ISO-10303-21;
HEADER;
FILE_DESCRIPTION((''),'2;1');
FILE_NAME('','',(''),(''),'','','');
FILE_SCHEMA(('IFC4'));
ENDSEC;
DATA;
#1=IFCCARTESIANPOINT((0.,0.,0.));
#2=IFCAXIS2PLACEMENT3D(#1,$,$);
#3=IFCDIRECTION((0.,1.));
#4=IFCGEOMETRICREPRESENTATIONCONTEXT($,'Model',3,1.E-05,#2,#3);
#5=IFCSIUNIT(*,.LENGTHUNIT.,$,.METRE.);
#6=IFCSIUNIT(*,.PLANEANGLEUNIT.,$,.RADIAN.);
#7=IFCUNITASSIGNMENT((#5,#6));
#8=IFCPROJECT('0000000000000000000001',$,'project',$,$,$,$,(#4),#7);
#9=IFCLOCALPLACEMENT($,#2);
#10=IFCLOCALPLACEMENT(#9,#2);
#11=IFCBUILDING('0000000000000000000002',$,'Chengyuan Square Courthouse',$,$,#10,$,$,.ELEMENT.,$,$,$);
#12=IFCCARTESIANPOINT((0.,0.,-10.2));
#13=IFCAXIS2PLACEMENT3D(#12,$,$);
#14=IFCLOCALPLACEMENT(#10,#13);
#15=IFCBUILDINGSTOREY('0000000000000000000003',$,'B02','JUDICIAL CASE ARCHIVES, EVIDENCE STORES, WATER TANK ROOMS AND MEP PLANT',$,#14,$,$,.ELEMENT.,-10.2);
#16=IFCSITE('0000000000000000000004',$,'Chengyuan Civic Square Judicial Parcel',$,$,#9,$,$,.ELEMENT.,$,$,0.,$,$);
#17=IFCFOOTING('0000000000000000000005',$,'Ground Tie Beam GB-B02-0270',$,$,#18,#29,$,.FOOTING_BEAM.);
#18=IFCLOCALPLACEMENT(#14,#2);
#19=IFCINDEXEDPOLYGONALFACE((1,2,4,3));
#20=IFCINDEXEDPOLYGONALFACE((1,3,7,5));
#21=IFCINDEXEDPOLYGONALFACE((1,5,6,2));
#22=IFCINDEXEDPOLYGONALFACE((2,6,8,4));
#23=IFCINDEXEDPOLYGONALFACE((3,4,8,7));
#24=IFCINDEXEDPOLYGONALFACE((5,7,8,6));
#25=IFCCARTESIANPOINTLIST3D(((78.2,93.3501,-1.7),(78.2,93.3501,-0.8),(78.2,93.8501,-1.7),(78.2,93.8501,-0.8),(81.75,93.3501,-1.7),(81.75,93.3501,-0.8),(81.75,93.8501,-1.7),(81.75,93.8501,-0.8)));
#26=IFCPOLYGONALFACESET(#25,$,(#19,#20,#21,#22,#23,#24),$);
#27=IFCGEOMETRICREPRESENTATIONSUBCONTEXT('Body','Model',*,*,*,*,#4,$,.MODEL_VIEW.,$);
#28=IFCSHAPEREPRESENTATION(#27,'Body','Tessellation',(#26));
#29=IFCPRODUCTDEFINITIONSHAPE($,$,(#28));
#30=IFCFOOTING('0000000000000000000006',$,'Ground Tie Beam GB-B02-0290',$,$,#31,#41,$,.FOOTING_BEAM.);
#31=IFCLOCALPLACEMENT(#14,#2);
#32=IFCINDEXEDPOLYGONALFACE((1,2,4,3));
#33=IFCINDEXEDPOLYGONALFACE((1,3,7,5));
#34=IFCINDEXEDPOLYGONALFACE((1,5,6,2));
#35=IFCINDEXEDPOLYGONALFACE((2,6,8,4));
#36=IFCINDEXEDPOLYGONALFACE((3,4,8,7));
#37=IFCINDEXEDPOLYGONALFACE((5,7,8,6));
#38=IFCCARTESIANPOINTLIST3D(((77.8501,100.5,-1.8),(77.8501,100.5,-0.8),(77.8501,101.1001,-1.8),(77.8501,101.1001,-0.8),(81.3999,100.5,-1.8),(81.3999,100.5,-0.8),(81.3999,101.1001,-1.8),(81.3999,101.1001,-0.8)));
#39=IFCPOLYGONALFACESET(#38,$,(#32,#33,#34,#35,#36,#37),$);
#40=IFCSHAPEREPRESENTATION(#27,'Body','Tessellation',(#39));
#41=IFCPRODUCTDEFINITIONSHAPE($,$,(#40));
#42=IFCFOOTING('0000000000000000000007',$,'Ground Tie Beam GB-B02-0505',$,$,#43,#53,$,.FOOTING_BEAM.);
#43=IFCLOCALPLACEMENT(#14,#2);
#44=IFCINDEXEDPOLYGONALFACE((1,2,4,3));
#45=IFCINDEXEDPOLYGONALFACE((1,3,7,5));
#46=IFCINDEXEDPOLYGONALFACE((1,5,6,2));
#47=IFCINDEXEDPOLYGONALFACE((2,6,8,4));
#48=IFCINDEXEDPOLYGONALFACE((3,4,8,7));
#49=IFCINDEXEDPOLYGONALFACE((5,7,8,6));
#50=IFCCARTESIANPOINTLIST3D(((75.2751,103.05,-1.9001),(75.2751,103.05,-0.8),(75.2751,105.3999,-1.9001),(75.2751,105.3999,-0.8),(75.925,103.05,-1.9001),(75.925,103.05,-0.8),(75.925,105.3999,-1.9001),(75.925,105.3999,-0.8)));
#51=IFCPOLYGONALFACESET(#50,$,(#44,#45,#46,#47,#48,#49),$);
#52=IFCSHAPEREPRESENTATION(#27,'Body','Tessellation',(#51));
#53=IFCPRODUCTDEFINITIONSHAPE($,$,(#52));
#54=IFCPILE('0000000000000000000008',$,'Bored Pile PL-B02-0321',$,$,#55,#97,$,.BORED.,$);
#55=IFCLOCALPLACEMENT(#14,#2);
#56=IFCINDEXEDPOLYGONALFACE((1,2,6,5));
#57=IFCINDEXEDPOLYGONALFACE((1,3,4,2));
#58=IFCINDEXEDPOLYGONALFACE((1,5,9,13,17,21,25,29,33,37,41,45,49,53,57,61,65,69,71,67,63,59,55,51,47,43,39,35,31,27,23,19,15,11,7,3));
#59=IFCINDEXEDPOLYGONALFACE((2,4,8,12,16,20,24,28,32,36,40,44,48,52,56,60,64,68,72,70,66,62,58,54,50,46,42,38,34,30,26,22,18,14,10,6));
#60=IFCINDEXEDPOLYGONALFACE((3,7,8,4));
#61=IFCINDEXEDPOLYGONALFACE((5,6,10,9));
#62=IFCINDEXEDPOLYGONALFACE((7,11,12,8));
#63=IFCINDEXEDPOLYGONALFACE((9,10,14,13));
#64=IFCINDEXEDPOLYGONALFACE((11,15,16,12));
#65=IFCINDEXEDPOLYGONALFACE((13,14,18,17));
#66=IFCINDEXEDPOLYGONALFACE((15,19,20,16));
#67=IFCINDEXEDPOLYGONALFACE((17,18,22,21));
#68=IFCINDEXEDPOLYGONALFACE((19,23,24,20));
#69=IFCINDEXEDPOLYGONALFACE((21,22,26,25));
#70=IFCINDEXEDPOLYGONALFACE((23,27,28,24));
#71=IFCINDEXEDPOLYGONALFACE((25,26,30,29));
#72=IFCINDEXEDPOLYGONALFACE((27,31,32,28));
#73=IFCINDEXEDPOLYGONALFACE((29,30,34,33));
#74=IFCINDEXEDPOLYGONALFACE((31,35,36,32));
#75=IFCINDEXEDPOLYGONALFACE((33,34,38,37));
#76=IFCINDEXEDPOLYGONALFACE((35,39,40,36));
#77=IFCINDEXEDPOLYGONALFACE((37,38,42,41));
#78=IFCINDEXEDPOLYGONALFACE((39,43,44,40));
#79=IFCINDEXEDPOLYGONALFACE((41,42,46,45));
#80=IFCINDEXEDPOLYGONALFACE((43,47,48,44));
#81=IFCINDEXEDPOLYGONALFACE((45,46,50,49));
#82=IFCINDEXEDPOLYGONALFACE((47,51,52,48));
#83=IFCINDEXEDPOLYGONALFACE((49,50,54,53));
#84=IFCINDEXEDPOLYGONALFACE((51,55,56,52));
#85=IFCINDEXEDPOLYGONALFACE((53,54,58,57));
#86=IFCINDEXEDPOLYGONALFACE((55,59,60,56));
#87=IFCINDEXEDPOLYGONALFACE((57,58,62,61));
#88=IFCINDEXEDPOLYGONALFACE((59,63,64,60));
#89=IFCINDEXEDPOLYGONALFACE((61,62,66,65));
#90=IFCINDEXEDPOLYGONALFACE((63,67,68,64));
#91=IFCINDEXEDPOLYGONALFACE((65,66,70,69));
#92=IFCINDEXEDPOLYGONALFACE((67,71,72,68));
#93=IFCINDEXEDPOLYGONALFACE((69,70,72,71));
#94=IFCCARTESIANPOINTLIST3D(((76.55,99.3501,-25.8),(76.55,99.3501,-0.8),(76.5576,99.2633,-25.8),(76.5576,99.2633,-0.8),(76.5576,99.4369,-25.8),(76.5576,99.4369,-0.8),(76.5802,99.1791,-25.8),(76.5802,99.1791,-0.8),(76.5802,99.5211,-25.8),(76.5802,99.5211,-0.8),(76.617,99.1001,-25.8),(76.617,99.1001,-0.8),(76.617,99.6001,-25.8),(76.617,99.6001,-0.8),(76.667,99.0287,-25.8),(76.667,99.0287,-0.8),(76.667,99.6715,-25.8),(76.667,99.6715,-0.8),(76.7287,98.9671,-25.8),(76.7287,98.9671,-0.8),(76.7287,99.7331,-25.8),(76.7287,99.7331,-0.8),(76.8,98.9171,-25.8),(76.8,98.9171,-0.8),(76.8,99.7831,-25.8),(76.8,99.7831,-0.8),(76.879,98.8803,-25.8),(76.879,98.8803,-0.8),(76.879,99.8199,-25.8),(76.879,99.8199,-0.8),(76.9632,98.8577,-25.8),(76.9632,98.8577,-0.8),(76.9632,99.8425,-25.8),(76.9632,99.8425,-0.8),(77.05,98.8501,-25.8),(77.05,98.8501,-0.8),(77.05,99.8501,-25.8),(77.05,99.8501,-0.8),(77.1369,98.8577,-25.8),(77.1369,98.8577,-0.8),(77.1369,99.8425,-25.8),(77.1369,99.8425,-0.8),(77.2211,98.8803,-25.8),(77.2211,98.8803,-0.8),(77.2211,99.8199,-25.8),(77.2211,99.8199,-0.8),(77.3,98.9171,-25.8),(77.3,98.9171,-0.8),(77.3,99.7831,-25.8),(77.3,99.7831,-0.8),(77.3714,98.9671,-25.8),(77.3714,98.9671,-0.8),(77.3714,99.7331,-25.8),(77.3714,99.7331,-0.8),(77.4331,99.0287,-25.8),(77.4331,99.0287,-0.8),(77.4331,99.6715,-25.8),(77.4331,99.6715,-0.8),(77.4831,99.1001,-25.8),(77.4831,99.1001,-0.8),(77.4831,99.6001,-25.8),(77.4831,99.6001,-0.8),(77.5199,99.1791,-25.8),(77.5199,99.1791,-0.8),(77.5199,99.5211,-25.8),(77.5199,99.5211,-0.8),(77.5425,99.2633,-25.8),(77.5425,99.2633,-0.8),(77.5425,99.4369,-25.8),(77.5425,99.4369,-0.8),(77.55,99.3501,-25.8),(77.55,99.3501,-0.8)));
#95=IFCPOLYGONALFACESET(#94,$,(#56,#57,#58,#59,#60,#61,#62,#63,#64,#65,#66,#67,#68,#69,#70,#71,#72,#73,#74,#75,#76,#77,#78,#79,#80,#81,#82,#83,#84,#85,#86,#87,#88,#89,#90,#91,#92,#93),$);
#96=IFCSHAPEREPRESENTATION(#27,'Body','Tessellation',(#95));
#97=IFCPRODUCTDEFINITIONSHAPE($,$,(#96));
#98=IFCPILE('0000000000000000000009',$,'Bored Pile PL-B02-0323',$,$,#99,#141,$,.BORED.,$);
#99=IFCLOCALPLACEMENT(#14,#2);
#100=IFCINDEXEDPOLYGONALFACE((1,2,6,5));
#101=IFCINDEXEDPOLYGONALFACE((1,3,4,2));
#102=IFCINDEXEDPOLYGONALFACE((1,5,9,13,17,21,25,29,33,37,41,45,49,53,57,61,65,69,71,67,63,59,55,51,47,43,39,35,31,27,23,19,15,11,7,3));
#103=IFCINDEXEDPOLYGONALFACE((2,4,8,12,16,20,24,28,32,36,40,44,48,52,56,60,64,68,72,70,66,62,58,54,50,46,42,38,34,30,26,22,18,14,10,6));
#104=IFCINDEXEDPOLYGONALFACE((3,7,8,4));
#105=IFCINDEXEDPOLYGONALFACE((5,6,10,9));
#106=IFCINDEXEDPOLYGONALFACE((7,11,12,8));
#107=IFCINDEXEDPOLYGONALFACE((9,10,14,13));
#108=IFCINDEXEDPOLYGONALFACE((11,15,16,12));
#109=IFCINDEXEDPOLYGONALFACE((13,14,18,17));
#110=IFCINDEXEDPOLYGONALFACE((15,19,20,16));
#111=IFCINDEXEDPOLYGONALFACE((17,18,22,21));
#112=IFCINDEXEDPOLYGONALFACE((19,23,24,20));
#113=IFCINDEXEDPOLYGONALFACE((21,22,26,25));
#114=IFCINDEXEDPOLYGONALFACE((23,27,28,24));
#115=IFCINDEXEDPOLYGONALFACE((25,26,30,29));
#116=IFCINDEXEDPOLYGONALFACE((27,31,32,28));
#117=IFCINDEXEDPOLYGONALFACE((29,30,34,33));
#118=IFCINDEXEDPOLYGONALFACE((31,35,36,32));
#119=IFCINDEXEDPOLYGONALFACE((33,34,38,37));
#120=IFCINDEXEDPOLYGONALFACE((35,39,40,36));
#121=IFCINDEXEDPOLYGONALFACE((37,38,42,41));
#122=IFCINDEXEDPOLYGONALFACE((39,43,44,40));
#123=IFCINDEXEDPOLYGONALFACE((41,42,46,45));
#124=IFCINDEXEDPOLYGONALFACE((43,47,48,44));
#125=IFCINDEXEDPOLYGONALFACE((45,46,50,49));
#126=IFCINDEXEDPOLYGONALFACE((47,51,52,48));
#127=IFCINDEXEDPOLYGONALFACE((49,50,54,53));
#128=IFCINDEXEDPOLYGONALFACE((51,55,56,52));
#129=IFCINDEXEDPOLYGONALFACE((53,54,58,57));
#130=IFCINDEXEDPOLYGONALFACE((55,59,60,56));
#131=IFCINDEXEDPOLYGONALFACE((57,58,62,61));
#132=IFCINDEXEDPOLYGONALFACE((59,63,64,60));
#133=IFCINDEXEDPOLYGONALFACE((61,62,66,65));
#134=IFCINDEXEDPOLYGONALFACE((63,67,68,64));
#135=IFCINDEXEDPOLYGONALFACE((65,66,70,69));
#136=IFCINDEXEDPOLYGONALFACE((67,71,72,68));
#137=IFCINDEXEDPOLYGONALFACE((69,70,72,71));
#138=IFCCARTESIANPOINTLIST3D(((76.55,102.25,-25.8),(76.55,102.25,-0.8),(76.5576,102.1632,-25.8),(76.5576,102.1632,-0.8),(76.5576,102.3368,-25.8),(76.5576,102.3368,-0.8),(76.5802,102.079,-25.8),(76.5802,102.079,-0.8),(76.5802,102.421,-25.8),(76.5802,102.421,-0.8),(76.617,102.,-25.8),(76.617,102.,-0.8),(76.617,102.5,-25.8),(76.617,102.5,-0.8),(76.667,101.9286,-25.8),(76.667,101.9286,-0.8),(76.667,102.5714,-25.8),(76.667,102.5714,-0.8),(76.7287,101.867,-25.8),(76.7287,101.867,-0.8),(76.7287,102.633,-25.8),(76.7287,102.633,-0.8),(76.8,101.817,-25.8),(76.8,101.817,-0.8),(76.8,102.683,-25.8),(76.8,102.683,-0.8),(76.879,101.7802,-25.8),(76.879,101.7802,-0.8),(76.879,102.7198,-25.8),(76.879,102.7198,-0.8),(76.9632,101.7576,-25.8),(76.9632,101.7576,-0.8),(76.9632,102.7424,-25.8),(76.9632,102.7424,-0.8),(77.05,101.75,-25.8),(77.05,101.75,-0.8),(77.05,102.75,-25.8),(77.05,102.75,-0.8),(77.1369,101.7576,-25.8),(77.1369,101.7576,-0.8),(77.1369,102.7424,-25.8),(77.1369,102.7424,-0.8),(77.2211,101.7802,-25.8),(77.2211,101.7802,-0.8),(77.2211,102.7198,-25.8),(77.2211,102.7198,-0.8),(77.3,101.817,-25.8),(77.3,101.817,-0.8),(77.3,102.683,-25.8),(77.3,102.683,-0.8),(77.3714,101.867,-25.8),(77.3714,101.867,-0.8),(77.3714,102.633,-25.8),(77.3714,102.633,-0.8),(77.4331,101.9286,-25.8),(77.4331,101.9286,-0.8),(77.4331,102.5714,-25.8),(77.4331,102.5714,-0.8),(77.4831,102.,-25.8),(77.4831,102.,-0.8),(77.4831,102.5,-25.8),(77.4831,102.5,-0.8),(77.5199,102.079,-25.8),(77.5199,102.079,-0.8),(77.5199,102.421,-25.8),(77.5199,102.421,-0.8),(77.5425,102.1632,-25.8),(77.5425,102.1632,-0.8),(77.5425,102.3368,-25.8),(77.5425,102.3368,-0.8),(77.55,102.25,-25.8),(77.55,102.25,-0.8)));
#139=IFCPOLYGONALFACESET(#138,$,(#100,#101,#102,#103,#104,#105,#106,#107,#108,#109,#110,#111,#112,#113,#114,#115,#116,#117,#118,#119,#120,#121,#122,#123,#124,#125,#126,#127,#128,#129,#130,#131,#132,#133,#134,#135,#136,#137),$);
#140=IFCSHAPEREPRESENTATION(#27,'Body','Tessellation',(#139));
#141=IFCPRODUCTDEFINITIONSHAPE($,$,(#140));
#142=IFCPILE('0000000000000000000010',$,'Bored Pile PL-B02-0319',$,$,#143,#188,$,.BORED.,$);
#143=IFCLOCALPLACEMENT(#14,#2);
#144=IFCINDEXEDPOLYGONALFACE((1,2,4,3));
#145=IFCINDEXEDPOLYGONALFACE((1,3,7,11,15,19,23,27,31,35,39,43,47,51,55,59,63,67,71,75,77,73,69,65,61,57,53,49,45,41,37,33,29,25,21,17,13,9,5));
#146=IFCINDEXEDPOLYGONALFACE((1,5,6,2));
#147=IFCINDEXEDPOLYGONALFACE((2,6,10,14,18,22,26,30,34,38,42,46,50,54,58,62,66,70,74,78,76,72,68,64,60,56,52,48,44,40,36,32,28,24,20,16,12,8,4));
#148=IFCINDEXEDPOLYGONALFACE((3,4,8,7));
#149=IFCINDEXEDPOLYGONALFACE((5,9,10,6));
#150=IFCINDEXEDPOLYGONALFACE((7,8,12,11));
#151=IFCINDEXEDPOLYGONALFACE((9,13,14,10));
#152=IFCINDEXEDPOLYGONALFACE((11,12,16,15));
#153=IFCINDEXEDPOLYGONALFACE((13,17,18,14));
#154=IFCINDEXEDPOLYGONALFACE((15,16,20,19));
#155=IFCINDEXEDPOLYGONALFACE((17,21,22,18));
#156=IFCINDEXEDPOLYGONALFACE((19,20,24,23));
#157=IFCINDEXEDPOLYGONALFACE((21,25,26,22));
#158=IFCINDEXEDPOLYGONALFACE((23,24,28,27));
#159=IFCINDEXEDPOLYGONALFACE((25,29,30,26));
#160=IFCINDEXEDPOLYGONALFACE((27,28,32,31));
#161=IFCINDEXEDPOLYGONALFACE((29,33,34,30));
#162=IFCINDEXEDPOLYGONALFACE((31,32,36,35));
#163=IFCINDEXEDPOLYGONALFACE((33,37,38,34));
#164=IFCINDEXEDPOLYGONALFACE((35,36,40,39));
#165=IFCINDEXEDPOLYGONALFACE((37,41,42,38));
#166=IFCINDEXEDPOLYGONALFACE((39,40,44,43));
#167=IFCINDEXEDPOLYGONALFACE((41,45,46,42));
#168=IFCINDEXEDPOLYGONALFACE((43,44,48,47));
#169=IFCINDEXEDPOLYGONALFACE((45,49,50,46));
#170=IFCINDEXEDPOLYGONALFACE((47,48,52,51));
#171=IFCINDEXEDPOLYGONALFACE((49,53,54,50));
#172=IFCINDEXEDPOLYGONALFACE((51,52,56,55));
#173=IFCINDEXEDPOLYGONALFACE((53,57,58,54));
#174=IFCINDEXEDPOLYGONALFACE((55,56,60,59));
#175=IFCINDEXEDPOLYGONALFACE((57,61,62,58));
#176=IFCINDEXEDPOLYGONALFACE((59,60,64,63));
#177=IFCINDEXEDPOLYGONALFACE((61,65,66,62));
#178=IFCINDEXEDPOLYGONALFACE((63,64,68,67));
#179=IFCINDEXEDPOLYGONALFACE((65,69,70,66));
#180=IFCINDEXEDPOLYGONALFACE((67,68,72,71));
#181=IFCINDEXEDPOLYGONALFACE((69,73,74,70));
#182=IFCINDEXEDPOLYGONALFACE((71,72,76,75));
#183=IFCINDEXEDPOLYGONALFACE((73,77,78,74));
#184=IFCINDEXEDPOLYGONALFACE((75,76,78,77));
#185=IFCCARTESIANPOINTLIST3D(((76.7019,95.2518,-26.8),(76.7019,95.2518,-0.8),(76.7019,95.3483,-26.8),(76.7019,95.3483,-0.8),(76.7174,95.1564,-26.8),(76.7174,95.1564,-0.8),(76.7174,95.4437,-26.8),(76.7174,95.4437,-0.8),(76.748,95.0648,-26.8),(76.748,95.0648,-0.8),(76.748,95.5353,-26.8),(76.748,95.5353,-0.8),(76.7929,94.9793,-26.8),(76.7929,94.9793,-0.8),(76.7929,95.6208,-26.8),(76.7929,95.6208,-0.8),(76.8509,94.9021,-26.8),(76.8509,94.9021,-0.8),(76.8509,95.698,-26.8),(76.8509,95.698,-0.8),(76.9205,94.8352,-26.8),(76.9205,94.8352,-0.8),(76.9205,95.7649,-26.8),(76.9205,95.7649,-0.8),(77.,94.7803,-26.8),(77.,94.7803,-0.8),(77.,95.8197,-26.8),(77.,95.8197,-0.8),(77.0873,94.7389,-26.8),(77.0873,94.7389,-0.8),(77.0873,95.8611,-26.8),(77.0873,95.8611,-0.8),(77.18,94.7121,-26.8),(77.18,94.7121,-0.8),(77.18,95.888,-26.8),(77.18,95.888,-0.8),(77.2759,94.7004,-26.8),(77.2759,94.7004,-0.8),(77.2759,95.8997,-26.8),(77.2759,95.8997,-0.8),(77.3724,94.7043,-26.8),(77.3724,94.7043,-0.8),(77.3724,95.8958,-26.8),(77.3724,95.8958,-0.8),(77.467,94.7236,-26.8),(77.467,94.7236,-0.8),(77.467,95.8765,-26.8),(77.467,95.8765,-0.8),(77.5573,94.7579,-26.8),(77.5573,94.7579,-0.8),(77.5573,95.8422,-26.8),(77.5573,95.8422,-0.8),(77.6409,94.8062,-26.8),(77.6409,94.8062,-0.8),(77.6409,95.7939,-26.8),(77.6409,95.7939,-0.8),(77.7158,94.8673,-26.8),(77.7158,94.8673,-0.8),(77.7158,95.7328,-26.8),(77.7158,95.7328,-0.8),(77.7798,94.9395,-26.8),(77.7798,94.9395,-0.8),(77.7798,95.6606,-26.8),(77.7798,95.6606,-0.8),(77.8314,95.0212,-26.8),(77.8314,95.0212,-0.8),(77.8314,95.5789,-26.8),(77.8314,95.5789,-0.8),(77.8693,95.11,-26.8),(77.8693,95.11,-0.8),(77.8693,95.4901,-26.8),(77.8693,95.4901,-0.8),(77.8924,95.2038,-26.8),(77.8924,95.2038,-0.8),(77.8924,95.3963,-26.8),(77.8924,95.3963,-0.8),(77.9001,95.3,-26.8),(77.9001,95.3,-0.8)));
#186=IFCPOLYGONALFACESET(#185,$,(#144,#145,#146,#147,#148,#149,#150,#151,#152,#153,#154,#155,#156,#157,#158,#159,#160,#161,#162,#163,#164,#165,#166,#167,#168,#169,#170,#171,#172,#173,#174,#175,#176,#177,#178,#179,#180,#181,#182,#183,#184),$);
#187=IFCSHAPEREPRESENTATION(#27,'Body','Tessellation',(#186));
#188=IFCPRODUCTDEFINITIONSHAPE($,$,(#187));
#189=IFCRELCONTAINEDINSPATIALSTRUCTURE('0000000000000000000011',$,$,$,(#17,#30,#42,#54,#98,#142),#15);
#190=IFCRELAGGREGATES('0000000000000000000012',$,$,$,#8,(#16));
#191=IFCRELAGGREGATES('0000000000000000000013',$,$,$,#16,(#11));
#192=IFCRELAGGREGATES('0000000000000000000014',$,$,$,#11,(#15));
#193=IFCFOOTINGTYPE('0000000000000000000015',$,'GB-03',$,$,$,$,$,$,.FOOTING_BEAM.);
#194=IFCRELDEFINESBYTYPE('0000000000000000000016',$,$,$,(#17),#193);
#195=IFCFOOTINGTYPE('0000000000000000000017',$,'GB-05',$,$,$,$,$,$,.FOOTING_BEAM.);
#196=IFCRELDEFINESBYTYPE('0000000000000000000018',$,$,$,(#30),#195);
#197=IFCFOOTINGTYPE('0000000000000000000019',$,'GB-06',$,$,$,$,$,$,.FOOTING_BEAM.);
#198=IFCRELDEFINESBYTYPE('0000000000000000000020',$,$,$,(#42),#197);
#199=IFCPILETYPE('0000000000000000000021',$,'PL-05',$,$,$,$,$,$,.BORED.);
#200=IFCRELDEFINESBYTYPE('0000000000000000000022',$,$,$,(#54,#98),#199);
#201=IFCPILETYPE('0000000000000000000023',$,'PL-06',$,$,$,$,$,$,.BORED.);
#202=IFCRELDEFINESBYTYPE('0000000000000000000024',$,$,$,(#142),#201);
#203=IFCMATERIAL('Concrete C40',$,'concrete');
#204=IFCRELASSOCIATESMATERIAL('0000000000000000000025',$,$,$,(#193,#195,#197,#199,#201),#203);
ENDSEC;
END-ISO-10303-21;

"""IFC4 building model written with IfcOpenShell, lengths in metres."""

from ifc_helpers import new_model, si_unit, direction, frame, origin, origin_2d, place, context, subcontext, project, spatial, rectangle, circle, extrude, material, material_profile, profile_set, type_object, element, save


model = new_model("IFC4")

# Units and contexts
model_context = context("Model", 3, precision=1e-05, world=origin(), true_north=direction((0.0, 1.0)))
body_context = subcontext(model_context, "Body", "Model", "MODEL_VIEW")
ifc_project = project(units=[si_unit("LENGTHUNIT", "METRE"), si_unit("PLANEANGLEUNIT", "RADIAN")], contexts=[model_context])

# Site, building, storey
site_placement = place(None, origin())
site = spatial("IfcSite", under=ifc_project, at=site_placement, Name="Chengyuan Civic Square Judicial Parcel", CompositionType="ELEMENT", RefElevation=0.0)
building_placement = place(site_placement, origin())
building = spatial("IfcBuilding", under=site, at=building_placement, Name="Chengyuan Square Courthouse", CompositionType="ELEMENT")
storey_placement = place(building_placement, frame((0.0, 0.0, -10.2)))
storey = spatial("IfcBuildingStorey", under=building, at=storey_placement, Name="B02", Description="JUDICIAL CASE ARCHIVES, EVIDENCE STORES, WATER TANK ROOMS AND MEP PLANT", CompositionType="ELEMENT", Elevation=-10.2)

# Footings
ifc_material_1 = material(Name="Concrete C40", Category="concrete")
ifc_material_profile_1 = material_profile(ifc_material_1, rectangle(XDim=0.5, YDim=0.8999, at=origin_2d()), Name="GB-500x900")
ifc_profile_set_1 = profile_set([ifc_material_profile_1], Name="Concrete C40")
footing_type_1 = type_object("IfcFootingType", Name="GB-03", PredefinedType="FOOTING_BEAM", material=ifc_profile_set_1)
footing_1_placement = place(storey_placement, frame((78.2, 93.6001, -1.25), z_axis=(1.0, 0.0, 0.0), x_axis=(0.0, 1.0, 0.0)))
element("IfcFooting", 1, at=footing_1_placement, inside=storey, type_object=footing_type_1, Name="Ground Tie Beam GB-B02-0270", PredefinedType="FOOTING_BEAM", context=body_context, shape_type="SweptSolid", body=[
    extrude(rectangle(XDim=0.5, YDim=0.8999, at=origin_2d()), origin(), (0.0, 0.0, 1.0), 3.55),
])
ifc_material_profile_2 = material_profile(ifc_material_1, rectangle(XDim=0.6001, YDim=1.0, at=origin_2d()), Name="GB-600x1000")
ifc_profile_set_2 = profile_set([ifc_material_profile_2], Name="Concrete C40")
footing_type_2 = type_object("IfcFootingType", Name="GB-05", PredefinedType="FOOTING_BEAM", material=ifc_profile_set_2)
footing_2_placement = place(storey_placement, frame((77.8501, 100.8, -1.3), z_axis=(1.0, 0.0, 0.0), x_axis=(0.0, 1.0, 0.0)))
element("IfcFooting", 2, at=footing_2_placement, inside=storey, type_object=footing_type_2, Name="Ground Tie Beam GB-B02-0290", PredefinedType="FOOTING_BEAM", context=body_context, shape_type="SweptSolid", body=[
    extrude(rectangle(XDim=0.6001, YDim=1.0, at=origin_2d()), origin(), (0.0, 0.0, 1.0), 3.5498),
])
ifc_material_profile_3 = material_profile(ifc_material_1, rectangle(XDim=0.6499, YDim=1.1001, at=origin_2d()), Name="GB-650x1100")
ifc_profile_set_3 = profile_set([ifc_material_profile_3], Name="Concrete C40")
footing_type_3 = type_object("IfcFootingType", Name="GB-06", PredefinedType="FOOTING_BEAM", material=ifc_profile_set_3)
footing_3_placement = place(storey_placement, frame((75.6001, 103.05, -1.3501), z_axis=(0.0, 1.0, 0.0), x_axis=(-1.0, 0.0, 0.0)))
element("IfcFooting", 3, at=footing_3_placement, inside=storey, type_object=footing_type_3, Name="Ground Tie Beam GB-B02-0505", PredefinedType="FOOTING_BEAM", context=body_context, shape_type="SweptSolid", body=[
    extrude(rectangle(XDim=0.6499, YDim=1.1001, at=origin_2d()), origin(), (0.0, 0.0, 1.0), 2.3499),
])

# Piles
ifc_material_profile_4 = material_profile(ifc_material_1, circle(Radius=0.5, at=origin_2d()), Name="BORED PILE D1000")
ifc_profile_set_4 = profile_set([ifc_material_profile_4], Name="Concrete C40")
pile_type_1 = type_object("IfcPileType", Name="PL-05", PredefinedType="BORED", material=ifc_profile_set_4)
for number, where, z_axis, x_axis, name in (
    (4, (77.05, 99.3501, -0.8), (0.0, 0.0, -1.0), (1.0, 0.0, 0.0), "Bored Pile PL-B02-0321"),
    (5, (77.05, 102.25, -0.8), (0.0, 0.0, -1.0), (1.0, 0.0, 0.0), "Bored Pile PL-B02-0323"),
):
    element("IfcPile", number, at=place(storey_placement, frame(where, z_axis=z_axis, x_axis=x_axis)), inside=storey, type_object=pile_type_1, Name=name, PredefinedType="BORED", context=body_context, shape_type="SweptSolid", body=[
        extrude(circle(Radius=0.5, at=origin_2d()), origin(), (0.0, 0.0, 1.0), 25.0),
    ])
ifc_material_profile_5 = material_profile(ifc_material_1, circle(Radius=0.6001, at=origin_2d()), Name="BORED PILE D1200")
ifc_profile_set_5 = profile_set([ifc_material_profile_5], Name="Concrete C40")
pile_type_2 = type_object("IfcPileType", Name="PL-06", PredefinedType="BORED", material=ifc_profile_set_5)
for number, where, z_axis, x_axis, name in (
    (6, (77.3, 95.3, -0.8), (0.0, 0.0, -1.0), (1.0, 0.0, 0.0), "Bored Pile PL-B02-0319"),
):
    element("IfcPile", number, at=place(storey_placement, frame(where, z_axis=z_axis, x_axis=x_axis)), inside=storey, type_object=pile_type_2, Name=name, PredefinedType="BORED", context=body_context, shape_type="SweptSolid", body=[
        extrude(circle(Radius=0.6001, at=origin_2d()), origin(), (0.0, 0.0, 1.0), 26.0),
    ])

save(model, "model.ifc")
